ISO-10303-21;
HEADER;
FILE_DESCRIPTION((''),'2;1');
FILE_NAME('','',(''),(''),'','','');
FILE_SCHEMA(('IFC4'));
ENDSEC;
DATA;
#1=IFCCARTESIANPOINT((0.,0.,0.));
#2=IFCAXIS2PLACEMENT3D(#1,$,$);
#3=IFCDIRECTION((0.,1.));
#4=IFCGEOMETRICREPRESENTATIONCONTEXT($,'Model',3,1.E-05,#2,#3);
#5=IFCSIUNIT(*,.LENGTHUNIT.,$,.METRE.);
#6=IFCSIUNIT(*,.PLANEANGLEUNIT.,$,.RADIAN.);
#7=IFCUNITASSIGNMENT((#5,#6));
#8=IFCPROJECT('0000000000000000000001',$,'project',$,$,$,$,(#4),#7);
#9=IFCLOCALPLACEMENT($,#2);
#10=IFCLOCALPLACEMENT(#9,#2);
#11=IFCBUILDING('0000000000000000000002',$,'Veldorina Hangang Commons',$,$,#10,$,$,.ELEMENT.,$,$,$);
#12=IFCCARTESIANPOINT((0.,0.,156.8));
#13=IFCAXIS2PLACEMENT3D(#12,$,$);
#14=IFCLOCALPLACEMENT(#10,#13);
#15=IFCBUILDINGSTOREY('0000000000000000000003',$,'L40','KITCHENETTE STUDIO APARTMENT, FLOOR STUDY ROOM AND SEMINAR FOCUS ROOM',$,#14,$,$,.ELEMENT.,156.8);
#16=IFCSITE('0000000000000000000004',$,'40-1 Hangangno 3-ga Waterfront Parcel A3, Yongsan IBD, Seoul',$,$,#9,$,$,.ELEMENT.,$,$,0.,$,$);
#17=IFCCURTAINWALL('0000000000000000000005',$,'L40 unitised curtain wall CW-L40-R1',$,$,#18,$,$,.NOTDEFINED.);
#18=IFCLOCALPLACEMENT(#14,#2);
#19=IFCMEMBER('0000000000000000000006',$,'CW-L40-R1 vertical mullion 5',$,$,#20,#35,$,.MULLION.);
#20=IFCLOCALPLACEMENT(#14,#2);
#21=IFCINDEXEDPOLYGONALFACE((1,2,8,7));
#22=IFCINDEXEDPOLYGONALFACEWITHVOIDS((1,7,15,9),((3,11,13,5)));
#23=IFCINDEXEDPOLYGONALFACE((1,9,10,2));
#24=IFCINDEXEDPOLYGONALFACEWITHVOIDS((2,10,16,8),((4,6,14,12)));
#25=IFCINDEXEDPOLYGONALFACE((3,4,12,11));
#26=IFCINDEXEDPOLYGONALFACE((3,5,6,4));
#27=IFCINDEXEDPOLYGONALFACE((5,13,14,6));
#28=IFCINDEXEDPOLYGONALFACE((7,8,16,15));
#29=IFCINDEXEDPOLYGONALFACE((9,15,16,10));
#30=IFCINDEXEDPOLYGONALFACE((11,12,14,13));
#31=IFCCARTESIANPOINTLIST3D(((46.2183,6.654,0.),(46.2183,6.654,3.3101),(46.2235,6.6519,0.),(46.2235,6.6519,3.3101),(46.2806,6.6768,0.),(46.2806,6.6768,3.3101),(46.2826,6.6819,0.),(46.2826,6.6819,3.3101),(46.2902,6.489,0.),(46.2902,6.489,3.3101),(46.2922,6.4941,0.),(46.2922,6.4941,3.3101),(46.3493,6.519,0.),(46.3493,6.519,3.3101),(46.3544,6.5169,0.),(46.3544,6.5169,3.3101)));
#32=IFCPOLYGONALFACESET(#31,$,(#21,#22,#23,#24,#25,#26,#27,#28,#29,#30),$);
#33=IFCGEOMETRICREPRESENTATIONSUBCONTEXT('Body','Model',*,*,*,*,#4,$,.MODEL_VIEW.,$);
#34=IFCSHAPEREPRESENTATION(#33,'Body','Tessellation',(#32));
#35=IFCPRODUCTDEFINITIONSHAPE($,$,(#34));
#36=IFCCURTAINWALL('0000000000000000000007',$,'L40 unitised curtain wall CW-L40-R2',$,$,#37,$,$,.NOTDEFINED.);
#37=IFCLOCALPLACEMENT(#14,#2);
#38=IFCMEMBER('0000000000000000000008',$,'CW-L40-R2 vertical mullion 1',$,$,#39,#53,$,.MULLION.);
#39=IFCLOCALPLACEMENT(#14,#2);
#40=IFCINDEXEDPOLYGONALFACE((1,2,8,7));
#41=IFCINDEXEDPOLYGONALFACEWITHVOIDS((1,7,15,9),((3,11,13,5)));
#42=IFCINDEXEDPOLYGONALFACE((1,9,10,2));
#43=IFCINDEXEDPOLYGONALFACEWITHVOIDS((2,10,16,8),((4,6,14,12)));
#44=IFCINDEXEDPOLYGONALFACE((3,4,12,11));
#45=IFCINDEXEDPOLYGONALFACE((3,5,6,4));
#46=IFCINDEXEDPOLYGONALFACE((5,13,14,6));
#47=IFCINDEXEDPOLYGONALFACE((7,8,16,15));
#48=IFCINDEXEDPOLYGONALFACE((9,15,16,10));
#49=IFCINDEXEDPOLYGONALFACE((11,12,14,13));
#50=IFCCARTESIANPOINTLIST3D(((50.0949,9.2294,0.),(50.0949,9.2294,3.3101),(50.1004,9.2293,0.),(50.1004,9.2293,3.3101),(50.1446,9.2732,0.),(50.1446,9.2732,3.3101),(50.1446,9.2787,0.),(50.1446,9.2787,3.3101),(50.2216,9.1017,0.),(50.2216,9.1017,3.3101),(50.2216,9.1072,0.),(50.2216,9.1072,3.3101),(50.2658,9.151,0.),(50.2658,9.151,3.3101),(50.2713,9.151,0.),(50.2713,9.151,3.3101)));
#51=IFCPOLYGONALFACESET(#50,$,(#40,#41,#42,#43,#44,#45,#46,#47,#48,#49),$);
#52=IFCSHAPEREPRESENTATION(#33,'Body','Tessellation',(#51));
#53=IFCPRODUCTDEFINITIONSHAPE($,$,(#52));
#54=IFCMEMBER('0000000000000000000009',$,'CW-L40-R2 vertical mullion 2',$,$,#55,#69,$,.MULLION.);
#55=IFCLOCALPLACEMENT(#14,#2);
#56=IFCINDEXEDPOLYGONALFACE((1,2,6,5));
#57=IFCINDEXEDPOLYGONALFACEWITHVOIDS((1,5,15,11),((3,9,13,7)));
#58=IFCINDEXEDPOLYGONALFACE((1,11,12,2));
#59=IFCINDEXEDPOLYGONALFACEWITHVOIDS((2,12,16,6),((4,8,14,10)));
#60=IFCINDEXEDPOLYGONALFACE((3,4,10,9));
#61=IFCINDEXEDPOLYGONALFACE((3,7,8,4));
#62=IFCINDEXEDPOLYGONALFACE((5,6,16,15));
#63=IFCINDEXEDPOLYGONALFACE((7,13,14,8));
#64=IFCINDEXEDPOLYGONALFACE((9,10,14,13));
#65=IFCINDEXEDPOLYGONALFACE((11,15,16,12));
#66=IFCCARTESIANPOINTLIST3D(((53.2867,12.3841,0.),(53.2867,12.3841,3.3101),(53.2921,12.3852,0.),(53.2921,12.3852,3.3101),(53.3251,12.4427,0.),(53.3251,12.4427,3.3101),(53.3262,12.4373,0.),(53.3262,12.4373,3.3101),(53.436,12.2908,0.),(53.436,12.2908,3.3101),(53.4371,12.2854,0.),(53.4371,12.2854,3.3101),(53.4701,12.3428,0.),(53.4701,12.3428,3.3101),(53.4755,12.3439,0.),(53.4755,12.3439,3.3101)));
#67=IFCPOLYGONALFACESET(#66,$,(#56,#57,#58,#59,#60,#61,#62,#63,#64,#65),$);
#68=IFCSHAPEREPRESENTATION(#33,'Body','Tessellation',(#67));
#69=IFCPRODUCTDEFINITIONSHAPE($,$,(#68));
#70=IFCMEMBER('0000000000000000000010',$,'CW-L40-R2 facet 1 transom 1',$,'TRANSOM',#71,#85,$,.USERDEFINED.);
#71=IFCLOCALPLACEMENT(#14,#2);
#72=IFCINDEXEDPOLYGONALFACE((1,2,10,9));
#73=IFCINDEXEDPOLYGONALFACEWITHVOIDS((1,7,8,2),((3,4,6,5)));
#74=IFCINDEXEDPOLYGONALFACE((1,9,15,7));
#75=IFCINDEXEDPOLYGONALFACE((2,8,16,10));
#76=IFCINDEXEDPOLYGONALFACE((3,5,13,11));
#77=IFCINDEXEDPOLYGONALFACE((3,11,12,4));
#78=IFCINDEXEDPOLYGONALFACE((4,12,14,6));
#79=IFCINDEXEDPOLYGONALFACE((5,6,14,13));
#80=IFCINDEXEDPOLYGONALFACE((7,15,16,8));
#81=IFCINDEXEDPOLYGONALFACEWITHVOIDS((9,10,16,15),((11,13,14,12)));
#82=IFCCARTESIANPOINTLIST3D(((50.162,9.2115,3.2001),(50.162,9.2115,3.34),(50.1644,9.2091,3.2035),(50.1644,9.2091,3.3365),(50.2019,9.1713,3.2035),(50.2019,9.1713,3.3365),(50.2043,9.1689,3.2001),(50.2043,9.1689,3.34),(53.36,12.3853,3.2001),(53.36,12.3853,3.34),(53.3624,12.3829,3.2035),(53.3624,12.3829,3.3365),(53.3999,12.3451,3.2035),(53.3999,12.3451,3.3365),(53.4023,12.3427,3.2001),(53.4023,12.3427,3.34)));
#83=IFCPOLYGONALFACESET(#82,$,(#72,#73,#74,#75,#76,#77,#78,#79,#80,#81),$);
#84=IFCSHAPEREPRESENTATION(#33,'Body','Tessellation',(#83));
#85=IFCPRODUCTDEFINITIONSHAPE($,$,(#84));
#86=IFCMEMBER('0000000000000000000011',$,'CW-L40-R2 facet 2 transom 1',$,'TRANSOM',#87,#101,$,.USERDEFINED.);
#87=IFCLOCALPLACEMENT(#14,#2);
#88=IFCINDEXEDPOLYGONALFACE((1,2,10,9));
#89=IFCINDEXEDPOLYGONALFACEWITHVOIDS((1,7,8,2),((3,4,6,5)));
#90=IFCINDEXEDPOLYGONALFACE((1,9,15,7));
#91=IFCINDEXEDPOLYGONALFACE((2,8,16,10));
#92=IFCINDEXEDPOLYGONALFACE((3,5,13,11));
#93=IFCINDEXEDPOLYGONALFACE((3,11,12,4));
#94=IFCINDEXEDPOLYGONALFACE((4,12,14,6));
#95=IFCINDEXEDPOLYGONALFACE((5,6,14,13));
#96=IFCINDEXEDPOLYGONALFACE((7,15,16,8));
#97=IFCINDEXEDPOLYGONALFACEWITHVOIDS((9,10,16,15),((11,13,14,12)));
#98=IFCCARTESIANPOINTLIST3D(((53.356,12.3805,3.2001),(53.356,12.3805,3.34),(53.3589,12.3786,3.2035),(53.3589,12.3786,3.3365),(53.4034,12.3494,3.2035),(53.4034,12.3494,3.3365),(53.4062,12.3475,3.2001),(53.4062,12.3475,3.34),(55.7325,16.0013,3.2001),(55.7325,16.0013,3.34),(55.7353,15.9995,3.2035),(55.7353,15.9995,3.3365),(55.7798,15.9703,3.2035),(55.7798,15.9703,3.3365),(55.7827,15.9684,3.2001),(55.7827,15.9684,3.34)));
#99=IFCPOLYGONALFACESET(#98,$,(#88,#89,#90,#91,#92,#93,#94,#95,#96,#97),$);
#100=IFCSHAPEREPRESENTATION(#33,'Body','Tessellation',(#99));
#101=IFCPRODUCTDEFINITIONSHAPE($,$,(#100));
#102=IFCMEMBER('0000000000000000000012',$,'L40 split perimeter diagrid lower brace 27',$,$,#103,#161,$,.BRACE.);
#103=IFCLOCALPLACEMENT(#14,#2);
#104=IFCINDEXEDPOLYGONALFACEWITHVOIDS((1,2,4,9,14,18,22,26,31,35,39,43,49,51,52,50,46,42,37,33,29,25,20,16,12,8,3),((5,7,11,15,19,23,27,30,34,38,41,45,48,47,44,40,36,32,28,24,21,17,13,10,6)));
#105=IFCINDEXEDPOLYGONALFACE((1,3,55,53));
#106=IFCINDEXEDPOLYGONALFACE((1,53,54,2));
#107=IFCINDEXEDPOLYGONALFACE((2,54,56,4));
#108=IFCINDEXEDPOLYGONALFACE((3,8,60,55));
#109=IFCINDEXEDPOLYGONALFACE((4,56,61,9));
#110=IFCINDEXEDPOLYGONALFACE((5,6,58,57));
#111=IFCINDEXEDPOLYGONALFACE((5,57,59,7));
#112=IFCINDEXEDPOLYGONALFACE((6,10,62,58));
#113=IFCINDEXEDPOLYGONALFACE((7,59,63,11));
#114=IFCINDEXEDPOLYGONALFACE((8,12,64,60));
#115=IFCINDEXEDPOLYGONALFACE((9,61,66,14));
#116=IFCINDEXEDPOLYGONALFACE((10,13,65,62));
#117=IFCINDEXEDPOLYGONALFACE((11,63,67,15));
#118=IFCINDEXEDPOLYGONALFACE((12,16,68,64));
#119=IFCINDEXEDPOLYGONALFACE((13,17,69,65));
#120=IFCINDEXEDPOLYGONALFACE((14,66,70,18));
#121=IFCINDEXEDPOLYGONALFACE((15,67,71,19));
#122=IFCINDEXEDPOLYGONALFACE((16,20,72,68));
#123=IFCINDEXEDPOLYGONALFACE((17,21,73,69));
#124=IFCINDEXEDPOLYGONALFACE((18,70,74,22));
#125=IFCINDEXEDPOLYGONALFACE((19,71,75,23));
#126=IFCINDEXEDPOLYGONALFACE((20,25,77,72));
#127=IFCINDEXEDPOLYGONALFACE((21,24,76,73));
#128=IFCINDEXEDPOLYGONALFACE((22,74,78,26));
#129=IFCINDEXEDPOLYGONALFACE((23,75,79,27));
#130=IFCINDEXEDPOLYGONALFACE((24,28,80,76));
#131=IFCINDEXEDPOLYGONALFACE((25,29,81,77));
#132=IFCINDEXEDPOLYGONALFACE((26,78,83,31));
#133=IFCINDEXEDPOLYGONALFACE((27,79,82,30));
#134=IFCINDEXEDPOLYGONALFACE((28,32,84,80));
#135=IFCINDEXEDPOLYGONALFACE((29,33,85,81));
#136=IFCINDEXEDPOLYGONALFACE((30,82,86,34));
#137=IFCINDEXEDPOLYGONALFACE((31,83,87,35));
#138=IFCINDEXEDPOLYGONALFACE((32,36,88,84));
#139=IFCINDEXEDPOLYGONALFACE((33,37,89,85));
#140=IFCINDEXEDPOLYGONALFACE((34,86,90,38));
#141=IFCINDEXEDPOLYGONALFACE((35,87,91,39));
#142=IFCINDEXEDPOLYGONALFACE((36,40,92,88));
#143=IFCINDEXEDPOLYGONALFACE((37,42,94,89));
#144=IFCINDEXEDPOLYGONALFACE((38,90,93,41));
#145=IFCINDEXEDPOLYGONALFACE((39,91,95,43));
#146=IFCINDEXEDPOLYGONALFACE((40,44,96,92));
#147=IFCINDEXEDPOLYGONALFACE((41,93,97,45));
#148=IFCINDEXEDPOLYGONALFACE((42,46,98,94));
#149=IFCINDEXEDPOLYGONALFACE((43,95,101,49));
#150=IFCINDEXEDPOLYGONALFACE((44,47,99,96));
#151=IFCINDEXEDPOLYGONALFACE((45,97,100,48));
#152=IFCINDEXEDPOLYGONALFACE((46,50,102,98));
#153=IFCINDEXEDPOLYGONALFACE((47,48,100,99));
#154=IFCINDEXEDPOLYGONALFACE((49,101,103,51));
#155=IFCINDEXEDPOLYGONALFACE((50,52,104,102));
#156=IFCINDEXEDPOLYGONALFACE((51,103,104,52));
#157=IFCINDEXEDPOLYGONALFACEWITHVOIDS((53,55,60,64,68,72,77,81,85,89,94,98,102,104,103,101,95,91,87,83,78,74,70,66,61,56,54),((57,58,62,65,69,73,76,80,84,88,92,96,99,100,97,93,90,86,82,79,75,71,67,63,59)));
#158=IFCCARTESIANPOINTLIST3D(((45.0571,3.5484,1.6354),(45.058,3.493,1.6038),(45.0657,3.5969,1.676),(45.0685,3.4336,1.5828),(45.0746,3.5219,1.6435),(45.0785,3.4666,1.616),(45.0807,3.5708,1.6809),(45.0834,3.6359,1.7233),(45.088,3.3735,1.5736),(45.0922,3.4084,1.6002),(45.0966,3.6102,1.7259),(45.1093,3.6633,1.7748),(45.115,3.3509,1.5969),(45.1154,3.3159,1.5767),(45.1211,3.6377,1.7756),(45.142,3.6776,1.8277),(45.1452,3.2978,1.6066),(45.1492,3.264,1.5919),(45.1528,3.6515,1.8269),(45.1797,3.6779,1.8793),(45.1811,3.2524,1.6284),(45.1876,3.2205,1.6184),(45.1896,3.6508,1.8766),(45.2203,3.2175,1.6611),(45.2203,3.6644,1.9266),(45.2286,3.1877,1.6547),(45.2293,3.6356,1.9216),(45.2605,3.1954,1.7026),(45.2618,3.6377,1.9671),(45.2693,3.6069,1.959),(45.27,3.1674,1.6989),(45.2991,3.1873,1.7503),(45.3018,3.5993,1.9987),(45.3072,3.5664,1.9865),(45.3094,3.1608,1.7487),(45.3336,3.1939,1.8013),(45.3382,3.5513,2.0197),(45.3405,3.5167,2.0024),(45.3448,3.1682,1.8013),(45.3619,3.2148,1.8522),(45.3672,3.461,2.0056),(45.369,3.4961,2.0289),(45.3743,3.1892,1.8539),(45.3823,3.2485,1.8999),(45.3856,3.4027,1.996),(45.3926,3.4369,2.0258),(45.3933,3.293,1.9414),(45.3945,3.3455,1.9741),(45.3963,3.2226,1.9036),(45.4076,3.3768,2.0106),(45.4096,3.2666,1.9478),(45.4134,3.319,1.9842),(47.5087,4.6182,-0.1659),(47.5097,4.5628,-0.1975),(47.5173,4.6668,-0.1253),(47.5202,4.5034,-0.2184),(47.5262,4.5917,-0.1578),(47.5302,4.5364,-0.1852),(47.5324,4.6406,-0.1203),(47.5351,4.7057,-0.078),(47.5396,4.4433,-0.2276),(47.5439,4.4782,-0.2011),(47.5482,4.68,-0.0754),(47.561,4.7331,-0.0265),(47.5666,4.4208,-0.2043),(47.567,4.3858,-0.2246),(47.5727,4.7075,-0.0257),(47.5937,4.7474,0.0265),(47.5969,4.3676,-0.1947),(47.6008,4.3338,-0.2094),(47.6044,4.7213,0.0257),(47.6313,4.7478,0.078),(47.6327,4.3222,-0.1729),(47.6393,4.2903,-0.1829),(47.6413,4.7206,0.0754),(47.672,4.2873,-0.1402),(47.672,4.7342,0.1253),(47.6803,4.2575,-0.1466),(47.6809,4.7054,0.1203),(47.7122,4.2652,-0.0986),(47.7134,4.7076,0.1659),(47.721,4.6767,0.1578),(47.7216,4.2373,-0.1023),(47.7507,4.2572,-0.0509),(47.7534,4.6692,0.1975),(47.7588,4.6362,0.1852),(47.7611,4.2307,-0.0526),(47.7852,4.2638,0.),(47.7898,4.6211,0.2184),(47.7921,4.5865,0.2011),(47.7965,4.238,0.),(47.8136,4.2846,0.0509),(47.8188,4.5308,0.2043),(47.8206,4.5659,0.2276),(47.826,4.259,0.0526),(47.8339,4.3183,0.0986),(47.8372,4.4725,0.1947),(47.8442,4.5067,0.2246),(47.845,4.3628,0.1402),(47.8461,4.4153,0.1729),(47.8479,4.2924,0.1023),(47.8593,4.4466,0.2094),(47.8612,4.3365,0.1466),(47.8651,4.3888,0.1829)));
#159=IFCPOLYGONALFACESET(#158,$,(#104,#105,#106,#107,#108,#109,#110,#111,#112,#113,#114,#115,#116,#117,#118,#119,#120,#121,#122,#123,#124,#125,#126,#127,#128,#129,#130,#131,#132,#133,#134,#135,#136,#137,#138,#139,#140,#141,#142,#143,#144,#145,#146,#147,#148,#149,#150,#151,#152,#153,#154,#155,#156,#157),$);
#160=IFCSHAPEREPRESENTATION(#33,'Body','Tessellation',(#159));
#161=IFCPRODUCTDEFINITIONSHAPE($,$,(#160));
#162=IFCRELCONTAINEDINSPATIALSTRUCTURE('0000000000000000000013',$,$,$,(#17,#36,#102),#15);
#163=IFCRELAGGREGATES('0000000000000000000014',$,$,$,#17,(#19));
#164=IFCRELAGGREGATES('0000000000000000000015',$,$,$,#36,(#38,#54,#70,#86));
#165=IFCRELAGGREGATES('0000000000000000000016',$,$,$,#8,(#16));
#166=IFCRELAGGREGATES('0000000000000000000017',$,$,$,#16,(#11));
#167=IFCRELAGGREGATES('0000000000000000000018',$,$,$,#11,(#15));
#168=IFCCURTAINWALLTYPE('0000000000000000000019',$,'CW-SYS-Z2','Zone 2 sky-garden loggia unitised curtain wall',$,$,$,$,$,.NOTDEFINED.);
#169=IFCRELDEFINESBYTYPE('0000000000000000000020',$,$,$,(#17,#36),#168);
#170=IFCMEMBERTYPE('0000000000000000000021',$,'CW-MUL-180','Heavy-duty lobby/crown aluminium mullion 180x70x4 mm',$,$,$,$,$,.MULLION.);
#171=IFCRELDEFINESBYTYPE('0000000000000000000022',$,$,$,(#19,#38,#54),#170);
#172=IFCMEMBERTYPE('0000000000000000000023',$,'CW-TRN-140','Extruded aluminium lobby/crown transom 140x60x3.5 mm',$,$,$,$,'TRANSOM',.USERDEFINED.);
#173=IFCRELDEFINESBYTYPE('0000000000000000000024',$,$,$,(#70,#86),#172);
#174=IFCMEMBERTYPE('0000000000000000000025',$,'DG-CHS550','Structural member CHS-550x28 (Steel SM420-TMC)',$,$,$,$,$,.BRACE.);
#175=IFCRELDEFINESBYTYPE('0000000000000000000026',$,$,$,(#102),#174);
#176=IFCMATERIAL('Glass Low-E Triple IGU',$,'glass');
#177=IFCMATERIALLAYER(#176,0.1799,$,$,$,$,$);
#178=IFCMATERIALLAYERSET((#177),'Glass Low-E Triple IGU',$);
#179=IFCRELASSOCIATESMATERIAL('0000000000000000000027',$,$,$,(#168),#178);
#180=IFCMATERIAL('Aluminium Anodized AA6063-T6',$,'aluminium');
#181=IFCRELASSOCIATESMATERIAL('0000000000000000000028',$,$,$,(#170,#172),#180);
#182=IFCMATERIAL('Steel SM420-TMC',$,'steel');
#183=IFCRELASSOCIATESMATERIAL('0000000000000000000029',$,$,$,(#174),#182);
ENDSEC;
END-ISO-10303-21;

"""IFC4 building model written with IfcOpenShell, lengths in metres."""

from ifc_helpers import new_model, si_unit, direction, frame, origin, origin_2d, place, context, subcontext, project, spatial, hollow_rectangle, hollow_circle, extrude, material, layer, layer_set, material_profile, profile_set, type_object, element, aggregate, save


model = new_model("IFC4")

# Units and contexts
model_context = context("Model", 3, precision=1e-05, world=origin(), true_north=direction((0.0, 1.0)))
body_context = subcontext(model_context, "Body", "Model", "MODEL_VIEW")
ifc_project = project(units=[si_unit("LENGTHUNIT", "METRE"), si_unit("PLANEANGLEUNIT", "RADIAN")], contexts=[model_context])

# Site, building, storey
site_placement = place(None, origin())
site = spatial("IfcSite", under=ifc_project, at=site_placement, Name="40-1 Hangangno 3-ga Waterfront Parcel A3, Yongsan IBD, Seoul", CompositionType="ELEMENT", RefElevation=0.0)
building_placement = place(site_placement, origin())
building = spatial("IfcBuilding", under=site, at=building_placement, Name="Veldorina Hangang Commons", CompositionType="ELEMENT")
storey_placement = place(building_placement, frame((0.0, 0.0, 156.8)))
storey = spatial("IfcBuildingStorey", under=building, at=storey_placement, Name="L40", Description="KITCHENETTE STUDIO APARTMENT, FLOOR STUDY ROOM AND SEMINAR FOCUS ROOM", CompositionType="ELEMENT", Elevation=156.8)

# Shared definitions
ifc_material_1 = material(Name="Steel SM420-TMC", Category="steel")

# Curtain wall, member
ifc_material_2 = material(Name="Glass Low-E Triple IGU", Category="glass")
ifc_layer_1 = layer(ifc_material_2, 0.1799)
ifc_layer_set_1 = layer_set([ifc_layer_1], Name="Glass Low-E Triple IGU")
curtain_wall_type = type_object("IfcCurtainWallType", Name="CW-SYS-Z2", Description="Zone 2 sky-garden loggia unitised curtain wall", PredefinedType="NOTDEFINED", material=ifc_layer_set_1)
curtain_wall_1_placement = place(storey_placement, origin())
curtain_wall_1 = element("IfcCurtainWall", 1, at=curtain_wall_1_placement, inside=storey, type_object=curtain_wall_type, Name="L40 unitised curtain wall CW-L40-R1", PredefinedType="NOTDEFINED")
ifc_material_3 = material(Name="Aluminium Anodized AA6063-T6", Category="aluminium")
ifc_material_profile_1 = material_profile(ifc_material_3, hollow_rectangle(XDim=0.0701, YDim=0.1799, WallThickness=0.0039, at=origin_2d()), Name="ALU-RHS-180x70x4")
ifc_profile_set_1 = profile_set([ifc_material_profile_1], Name="Aluminium Anodized AA6063-T6")
member_type_1 = type_object("IfcMemberType", Name="CW-MUL-180", Description="Heavy-duty lobby/crown aluminium mullion 180x70x4 mm", PredefinedType="MULLION", material=ifc_profile_set_1)
member_1_placement = place(storey_placement, frame((46.2864, 6.5854, 0.0), z_axis=(0.0, 0.0, 1.0), x_axis=(-0.916872, -0.399181, 0.0)))
member_1 = element("IfcMember", 2, at=member_1_placement, type_object=member_type_1, Name="CW-L40-R1 vertical mullion 5", PredefinedType="MULLION", context=body_context, shape_type="SweptSolid", body=[
    extrude(hollow_rectangle(XDim=0.0701, YDim=0.1799, WallThickness=0.0039, at=origin_2d()), origin(), (0.0, 0.0, 1.0), 3.3101),
])

# Curtain wall, members
curtain_wall_2_placement = place(storey_placement, origin())
curtain_wall_2 = element("IfcCurtainWall", 3, at=curtain_wall_2_placement, inside=storey, type_object=curtain_wall_type, Name="L40 unitised curtain wall CW-L40-R2", PredefinedType="NOTDEFINED")
member_2_placement = place(storey_placement, frame((50.1831, 9.1902, 0.0), z_axis=(0.0, 0.0, 1.0), x_axis=(0.709792, 0.704411, 0.0)))
member_2 = element("IfcMember", 4, at=member_2_placement, type_object=member_type_1, Name="CW-L40-R2 vertical mullion 1", PredefinedType="MULLION", context=body_context, shape_type="SweptSolid", body=[
    extrude(hollow_rectangle(XDim=0.0701, YDim=0.1799, WallThickness=0.0039, at=origin_2d()), origin(), (0.0, 0.0, 1.0), 3.3101),
])
member_3_placement = place(storey_placement, frame((53.3811, 12.364, 0.0), z_axis=(0.0, 0.0, 1.0), x_axis=(0.548658, 0.836047, 0.0)))
member_3 = element("IfcMember", 5, at=member_3_placement, type_object=member_type_1, Name="CW-L40-R2 vertical mullion 2", PredefinedType="MULLION", context=body_context, shape_type="SweptSolid", body=[
    extrude(hollow_rectangle(XDim=0.0701, YDim=0.1799, WallThickness=0.0039, at=origin_2d()), origin(), (0.0, 0.0, 1.0), 3.3101),
])
ifc_material_profile_2 = material_profile(ifc_material_3, hollow_rectangle(XDim=0.0601, YDim=0.1399, WallThickness=0.0034, at=origin_2d()), Name="ALU-RHS-140x60x3.5")
ifc_profile_set_2 = profile_set([ifc_material_profile_2], Name="Aluminium Anodized AA6063-T6")
member_type_2 = type_object("IfcMemberType", Name="CW-TRN-140", Description="Extruded aluminium lobby/crown transom 140x60x3.5 mm", ElementType="TRANSOM", PredefinedType="USERDEFINED", material=ifc_profile_set_2)
member_4_placement = place(storey_placement, frame((50.1831, 9.1902, 3.27), z_axis=(0.709784, 0.704419, 0.0), x_axis=(-0.704419, 0.709784, 0.0)))
member_4 = element("IfcMember", 6, at=member_4_placement, type_object=member_type_2, Name="CW-L40-R2 facet 1 transom 1", ObjectType="TRANSOM", PredefinedType="USERDEFINED", context=body_context, shape_type="SweptSolid", body=[
    extrude(hollow_rectangle(XDim=0.0601, YDim=0.1399, WallThickness=0.0034, at=origin_2d()), origin(), (0.0, 0.0, 1.0), 4.5056),
])
member_5_placement = place(storey_placement, frame((53.3811, 12.364, 3.27), z_axis=(0.548702, 0.836018, 0.0), x_axis=(-0.836018, 0.548702, 0.0)))
member_5 = element("IfcMember", 7, at=member_5_placement, type_object=member_type_2, Name="CW-L40-R2 facet 2 transom 1", ObjectType="TRANSOM", PredefinedType="USERDEFINED", context=body_context, shape_type="SweptSolid", body=[
    extrude(hollow_rectangle(XDim=0.0601, YDim=0.1399, WallThickness=0.0034, at=origin_2d()), origin(), (0.0, 0.0, 1.0), 4.3311),
])

# Member
ifc_material_profile_3 = material_profile(ifc_material_1, hollow_circle(Radius=0.2749, WallThickness=0.0281, at=origin_2d()), Name="CHS-550x28")
ifc_profile_set_3 = profile_set([ifc_material_profile_3], Name="Steel SM420-TMC")
member_type_3 = type_object("IfcMemberType", Name="DG-CHS550", Description="Structural member CHS-550x28 (Steel SM420-TMC)", PredefinedType="BRACE", material=ifc_profile_set_3)
member_6_placement = place(storey_placement, frame((47.6865, 4.49, 0.0), z_axis=(-0.760237, -0.331743, 0.558557), x_axis=(0.399947, -0.916538, 0.0)))
element("IfcMember", 8, at=member_6_placement, inside=storey, type_object=member_type_3, Name="L40 split perimeter diagrid lower brace 27", PredefinedType="BRACE", context=body_context, shape_type="SweptSolid", body=[
    extrude(hollow_circle(Radius=0.2749, WallThickness=0.0281, at=origin_2d()), origin(), (0.0, 0.0, 1.0), 3.2249),
])

aggregate(curtain_wall_1, [member_1])
aggregate(curtain_wall_2, [member_2, member_3, member_4, member_5])

save(model, "model.ifc")
